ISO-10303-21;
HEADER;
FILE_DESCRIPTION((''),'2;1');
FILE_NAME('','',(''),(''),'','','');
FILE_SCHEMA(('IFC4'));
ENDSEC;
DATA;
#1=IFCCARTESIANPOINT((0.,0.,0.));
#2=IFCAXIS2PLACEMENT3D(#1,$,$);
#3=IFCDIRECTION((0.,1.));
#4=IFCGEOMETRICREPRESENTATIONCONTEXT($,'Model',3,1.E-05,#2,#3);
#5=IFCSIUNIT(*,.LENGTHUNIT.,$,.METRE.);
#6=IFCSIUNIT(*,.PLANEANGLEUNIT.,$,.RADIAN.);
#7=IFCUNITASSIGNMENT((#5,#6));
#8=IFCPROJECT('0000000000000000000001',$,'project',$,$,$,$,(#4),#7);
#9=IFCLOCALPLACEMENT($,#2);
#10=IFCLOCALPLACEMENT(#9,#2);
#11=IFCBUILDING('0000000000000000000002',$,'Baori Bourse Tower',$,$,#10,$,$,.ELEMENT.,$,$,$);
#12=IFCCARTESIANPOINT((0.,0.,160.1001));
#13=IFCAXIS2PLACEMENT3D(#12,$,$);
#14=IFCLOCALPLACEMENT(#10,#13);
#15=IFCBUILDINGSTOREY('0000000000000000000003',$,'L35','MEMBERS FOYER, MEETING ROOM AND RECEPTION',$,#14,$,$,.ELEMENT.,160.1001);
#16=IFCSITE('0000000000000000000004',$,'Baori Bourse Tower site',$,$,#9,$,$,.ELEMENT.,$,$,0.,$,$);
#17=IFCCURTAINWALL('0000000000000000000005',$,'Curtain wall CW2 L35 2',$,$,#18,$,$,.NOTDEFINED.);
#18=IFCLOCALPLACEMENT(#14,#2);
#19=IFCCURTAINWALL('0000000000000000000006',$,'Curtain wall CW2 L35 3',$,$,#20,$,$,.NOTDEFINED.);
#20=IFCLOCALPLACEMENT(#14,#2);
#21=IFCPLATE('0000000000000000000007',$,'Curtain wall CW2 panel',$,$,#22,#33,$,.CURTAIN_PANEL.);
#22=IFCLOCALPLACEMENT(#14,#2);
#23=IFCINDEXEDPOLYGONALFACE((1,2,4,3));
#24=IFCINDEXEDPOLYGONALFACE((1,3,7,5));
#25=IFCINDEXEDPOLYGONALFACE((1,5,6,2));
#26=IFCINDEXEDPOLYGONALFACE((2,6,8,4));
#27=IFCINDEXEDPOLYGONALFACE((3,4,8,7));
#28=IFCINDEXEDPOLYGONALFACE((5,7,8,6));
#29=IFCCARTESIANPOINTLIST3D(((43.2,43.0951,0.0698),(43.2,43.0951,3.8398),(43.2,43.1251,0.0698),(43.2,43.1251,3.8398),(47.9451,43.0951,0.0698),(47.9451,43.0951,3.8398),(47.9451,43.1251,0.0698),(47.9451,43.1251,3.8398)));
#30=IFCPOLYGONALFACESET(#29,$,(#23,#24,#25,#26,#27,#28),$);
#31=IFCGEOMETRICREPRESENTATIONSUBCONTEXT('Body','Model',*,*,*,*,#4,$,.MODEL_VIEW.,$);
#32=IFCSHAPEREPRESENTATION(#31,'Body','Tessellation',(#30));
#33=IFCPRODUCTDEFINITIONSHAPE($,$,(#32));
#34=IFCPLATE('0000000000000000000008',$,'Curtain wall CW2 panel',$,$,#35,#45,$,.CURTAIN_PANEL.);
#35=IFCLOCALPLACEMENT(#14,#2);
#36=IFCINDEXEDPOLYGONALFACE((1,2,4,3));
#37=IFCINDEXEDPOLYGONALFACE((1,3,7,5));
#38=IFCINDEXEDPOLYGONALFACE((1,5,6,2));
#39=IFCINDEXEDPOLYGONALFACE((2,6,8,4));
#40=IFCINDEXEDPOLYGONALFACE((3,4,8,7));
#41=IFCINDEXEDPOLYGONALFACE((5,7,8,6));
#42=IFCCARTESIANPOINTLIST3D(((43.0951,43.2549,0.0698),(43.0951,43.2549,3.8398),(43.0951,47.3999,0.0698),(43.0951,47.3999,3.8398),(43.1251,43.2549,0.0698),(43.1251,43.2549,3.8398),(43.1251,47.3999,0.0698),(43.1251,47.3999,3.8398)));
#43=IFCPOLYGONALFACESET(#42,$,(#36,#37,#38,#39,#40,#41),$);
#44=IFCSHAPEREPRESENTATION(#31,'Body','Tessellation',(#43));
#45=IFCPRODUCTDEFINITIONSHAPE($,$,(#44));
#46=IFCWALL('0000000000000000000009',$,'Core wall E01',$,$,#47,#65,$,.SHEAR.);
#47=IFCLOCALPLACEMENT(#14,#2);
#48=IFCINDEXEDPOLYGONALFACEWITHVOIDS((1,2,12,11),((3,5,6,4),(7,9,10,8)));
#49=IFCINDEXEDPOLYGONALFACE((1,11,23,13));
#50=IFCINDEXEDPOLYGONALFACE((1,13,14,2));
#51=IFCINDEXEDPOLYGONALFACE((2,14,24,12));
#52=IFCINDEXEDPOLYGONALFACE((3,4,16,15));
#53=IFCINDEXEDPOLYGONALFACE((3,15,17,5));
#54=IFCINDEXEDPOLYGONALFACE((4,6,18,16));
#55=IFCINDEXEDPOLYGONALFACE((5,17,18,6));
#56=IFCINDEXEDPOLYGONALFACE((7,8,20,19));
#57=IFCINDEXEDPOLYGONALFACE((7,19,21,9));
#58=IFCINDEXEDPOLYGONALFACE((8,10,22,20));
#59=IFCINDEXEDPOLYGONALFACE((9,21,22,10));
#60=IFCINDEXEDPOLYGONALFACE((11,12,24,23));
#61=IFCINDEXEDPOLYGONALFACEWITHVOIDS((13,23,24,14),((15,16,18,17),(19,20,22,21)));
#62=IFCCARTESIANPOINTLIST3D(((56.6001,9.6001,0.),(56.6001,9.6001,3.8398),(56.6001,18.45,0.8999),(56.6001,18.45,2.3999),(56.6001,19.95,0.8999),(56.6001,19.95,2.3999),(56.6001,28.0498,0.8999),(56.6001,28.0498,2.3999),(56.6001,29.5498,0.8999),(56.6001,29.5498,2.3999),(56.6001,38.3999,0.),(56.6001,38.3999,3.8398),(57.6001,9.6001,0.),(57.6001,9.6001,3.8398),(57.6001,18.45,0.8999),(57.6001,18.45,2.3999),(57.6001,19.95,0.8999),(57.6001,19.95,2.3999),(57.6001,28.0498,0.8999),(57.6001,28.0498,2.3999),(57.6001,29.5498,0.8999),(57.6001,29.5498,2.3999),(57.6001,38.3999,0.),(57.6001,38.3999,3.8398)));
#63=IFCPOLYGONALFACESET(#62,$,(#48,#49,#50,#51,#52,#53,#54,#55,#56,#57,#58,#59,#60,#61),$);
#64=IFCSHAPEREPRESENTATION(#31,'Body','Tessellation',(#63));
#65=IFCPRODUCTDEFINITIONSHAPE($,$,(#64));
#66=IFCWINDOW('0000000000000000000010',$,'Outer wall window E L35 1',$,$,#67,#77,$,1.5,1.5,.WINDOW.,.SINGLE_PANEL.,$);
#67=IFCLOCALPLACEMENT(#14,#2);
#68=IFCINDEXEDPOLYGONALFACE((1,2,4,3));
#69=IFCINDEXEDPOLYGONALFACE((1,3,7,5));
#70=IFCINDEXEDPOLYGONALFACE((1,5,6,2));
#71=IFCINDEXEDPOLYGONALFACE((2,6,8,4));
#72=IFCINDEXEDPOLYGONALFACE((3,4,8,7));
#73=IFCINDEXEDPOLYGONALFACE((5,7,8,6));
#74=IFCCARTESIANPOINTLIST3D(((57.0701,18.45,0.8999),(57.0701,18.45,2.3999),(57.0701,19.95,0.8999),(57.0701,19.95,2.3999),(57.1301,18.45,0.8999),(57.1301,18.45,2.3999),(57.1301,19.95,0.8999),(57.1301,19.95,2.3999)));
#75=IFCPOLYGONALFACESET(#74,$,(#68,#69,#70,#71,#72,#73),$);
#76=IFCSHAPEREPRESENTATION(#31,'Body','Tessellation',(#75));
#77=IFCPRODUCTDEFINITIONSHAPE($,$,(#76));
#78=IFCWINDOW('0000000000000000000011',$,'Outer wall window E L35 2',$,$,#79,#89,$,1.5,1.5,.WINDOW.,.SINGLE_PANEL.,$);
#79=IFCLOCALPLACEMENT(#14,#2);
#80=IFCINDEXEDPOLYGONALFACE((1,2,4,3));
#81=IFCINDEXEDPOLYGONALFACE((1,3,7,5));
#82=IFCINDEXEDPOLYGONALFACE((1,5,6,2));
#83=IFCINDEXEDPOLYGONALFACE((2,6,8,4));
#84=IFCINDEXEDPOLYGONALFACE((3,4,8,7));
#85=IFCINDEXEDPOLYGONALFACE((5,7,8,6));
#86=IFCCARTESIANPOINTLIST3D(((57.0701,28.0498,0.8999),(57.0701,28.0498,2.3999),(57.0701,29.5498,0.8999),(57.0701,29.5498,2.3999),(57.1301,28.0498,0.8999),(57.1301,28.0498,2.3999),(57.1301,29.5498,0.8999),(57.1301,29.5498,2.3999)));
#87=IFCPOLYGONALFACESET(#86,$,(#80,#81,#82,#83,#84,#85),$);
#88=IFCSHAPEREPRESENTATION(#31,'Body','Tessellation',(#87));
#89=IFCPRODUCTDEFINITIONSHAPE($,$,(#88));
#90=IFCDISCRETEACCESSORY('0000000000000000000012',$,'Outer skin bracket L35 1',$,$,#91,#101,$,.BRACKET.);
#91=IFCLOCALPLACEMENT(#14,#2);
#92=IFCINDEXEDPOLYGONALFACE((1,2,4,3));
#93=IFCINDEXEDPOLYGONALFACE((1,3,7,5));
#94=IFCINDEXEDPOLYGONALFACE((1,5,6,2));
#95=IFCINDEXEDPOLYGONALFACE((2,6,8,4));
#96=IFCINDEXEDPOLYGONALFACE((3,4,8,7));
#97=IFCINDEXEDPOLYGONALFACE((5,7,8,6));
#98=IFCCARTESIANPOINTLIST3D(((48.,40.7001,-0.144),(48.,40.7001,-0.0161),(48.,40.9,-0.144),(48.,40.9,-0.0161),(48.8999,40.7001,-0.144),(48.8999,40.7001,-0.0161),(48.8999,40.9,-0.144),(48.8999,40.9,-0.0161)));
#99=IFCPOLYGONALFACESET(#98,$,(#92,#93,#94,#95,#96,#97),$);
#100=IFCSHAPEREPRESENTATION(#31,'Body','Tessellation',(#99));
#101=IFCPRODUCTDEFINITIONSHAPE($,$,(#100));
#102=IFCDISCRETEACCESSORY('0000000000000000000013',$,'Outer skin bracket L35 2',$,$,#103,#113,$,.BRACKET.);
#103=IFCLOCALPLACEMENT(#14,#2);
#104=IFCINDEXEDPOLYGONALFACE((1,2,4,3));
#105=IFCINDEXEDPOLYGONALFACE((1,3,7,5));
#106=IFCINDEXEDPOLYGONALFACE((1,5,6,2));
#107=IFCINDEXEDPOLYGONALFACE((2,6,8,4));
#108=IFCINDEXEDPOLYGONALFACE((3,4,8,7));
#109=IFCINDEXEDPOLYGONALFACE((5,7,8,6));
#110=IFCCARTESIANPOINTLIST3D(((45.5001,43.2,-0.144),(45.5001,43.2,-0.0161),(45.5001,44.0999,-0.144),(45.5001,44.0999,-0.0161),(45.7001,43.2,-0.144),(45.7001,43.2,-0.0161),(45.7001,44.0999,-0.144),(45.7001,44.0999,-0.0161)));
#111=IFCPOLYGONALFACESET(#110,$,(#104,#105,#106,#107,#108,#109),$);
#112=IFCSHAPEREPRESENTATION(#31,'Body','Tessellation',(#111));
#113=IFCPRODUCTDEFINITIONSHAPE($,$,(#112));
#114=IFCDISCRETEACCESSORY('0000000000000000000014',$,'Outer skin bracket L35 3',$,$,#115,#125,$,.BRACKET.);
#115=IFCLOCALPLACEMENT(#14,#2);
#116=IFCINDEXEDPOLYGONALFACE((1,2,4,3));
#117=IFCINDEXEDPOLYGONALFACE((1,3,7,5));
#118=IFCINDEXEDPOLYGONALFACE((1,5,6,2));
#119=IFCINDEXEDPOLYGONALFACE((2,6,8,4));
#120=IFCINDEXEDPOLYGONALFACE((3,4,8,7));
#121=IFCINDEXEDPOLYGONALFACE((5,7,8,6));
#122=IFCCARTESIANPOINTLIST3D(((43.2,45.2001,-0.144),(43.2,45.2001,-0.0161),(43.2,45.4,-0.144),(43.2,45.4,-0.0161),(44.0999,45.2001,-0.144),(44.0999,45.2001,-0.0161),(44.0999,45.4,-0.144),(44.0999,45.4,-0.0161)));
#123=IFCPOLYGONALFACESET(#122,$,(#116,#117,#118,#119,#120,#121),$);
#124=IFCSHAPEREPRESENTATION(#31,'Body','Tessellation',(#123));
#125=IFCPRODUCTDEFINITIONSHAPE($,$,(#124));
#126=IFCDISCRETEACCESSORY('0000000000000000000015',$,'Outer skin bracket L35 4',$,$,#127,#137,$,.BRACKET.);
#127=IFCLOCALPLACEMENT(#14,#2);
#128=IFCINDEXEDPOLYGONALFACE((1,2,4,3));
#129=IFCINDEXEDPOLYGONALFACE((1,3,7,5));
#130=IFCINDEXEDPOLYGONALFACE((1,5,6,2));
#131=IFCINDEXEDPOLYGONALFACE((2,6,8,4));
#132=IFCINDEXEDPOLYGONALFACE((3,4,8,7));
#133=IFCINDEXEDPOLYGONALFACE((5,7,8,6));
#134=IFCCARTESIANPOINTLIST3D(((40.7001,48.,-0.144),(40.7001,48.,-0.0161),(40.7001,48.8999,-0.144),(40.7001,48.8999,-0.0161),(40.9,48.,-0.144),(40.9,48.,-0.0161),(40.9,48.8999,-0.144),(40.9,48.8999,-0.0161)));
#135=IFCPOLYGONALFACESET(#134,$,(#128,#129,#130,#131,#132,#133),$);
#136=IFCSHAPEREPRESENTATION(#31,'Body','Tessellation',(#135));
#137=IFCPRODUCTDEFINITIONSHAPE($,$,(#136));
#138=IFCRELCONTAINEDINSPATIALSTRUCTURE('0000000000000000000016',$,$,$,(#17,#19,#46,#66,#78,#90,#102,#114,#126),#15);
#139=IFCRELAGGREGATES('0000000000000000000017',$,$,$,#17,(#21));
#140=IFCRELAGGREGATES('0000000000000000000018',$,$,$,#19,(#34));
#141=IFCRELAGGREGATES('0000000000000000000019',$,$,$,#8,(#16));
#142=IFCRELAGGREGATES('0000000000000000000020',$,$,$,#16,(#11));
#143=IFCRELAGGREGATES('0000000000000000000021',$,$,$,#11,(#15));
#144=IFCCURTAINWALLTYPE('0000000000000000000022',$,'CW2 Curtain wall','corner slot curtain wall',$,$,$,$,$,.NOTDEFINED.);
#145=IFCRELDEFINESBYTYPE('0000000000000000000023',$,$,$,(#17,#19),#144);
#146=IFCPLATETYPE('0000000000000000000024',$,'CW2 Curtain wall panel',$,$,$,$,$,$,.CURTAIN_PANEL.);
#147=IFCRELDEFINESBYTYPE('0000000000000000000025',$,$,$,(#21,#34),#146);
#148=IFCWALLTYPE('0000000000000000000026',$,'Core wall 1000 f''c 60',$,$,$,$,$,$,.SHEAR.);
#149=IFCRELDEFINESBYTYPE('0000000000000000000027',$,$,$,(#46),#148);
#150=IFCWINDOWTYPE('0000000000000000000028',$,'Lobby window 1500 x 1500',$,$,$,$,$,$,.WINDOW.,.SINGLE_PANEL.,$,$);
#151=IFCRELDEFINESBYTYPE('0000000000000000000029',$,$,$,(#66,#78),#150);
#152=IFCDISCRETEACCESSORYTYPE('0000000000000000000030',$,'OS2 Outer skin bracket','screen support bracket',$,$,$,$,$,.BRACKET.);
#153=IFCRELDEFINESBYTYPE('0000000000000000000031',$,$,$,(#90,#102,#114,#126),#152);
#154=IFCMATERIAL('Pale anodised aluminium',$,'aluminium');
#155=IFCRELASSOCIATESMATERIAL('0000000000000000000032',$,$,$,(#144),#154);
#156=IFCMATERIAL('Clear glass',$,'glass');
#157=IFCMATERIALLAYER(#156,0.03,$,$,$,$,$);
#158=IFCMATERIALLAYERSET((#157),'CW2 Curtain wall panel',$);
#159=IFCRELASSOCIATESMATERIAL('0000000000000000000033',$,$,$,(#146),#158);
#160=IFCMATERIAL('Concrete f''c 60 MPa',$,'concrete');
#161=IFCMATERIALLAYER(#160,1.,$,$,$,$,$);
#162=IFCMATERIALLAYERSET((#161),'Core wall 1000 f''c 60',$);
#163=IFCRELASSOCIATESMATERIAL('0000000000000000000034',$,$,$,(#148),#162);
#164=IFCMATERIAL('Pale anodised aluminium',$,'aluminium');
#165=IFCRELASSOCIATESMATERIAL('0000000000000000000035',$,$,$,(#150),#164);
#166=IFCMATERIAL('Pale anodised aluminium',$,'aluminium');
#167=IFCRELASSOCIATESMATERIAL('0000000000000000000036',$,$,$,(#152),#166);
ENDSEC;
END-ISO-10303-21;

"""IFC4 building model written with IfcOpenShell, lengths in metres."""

from ifc_helpers import new_model, si_unit, direction, frame, frame_2d, origin, origin_2d, place, context, subcontext, project, spatial, rectangle, extrude, material, layer, layer_set, type_object, element, fill, aggregate, save


model = new_model("IFC4")

# Units and contexts
model_context = context("Model", 3, precision=1e-05, world=origin(), true_north=direction((0.0, 1.0)))
body_context = subcontext(model_context, "Body", "Model", "MODEL_VIEW")
ifc_project = project(units=[si_unit("LENGTHUNIT", "METRE"), si_unit("PLANEANGLEUNIT", "RADIAN")], contexts=[model_context])

# Site, building, storey
site_placement = place(None, origin())
site = spatial("IfcSite", under=ifc_project, at=site_placement, Name="Baori Bourse Tower site", CompositionType="ELEMENT", RefElevation=0.0)
building_placement = place(site_placement, origin())
building = spatial("IfcBuilding", under=site, at=building_placement, Name="Baori Bourse Tower", CompositionType="ELEMENT")
storey_placement = place(building_placement, frame((0.0, 0.0, 160.1001)))
storey = spatial("IfcBuildingStorey", under=building, at=storey_placement, Name="L35", Description="MEMBERS FOYER, MEETING ROOM AND RECEPTION", CompositionType="ELEMENT", Elevation=160.1001)

# Curtain walls
ifc_material_1 = material(Name="Pale anodised aluminium", Category="aluminium")
curtain_wall_type_1 = type_object("IfcCurtainWallType", Name="CW2 Curtain wall", Description="corner slot curtain wall", PredefinedType="NOTDEFINED", material=ifc_material_1)
curtain_wall_1_placement = place(storey_placement, origin())
curtain_wall_1 = element("IfcCurtainWall", 1, at=curtain_wall_1_placement, inside=storey, type_object=curtain_wall_type_1, Name="Curtain wall CW2 L35 2", PredefinedType="NOTDEFINED")
curtain_wall_2_placement = place(storey_placement, origin())
curtain_wall_2 = element("IfcCurtainWall", 2, at=curtain_wall_2_placement, inside=storey, type_object=curtain_wall_type_1, Name="Curtain wall CW2 L35 3", PredefinedType="NOTDEFINED")

# Shared definitions
ifc_material_2 = material(Name="Clear glass", Category="glass")
ifc_layer_1 = layer(ifc_material_2, 0.03)
ifc_layer_set_1 = layer_set([ifc_layer_1], Name="CW2 Curtain wall panel")
plate_type_1 = type_object("IfcPlateType", Name="CW2 Curtain wall panel", PredefinedType="CURTAIN_PANEL", material=ifc_layer_set_1)

# Plates
plate_1_placement = place(storey_placement, frame((45.5725, 43.1101, 0.0698), z_axis=(0.0, 0.0, 1.0), x_axis=(-1.0, 0.0, 0.0)))
plate_1 = element("IfcPlate", 3, at=plate_1_placement, type_object=plate_type_1, Name="Curtain wall CW2 panel", PredefinedType="CURTAIN_PANEL", context=body_context, shape_type="SweptSolid", body=[
    extrude(rectangle(XDim=4.7451, YDim=0.03, at=origin_2d()), origin(), (0.0, 0.0, 1.0), 3.77),
])
aggregate(curtain_wall_1, [plate_1])
plate_2_placement = place(storey_placement, frame((43.1101, 45.3274, 0.0698), z_axis=(0.0, 0.0, 1.0), x_axis=(0.0, 1.0, 0.0)))
plate_2 = element("IfcPlate", 4, at=plate_2_placement, type_object=plate_type_1, Name="Curtain wall CW2 panel", PredefinedType="CURTAIN_PANEL", context=body_context, shape_type="SweptSolid", body=[
    extrude(rectangle(XDim=4.145, YDim=0.03, at=origin_2d()), origin(), (0.0, 0.0, 1.0), 3.77),
])
aggregate(curtain_wall_2, [plate_2])

# Wall, openings, windows
ifc_material_3 = material(Name="Concrete f'c 60 MPa", Category="concrete")
ifc_layer_2 = layer(ifc_material_3, 1.0)
ifc_layer_set_2 = layer_set([ifc_layer_2], Name="Core wall 1000 f'c 60")
wall_type = type_object("IfcWallType", Name="Core wall 1000 f'c 60", PredefinedType="SHEAR", material=ifc_layer_set_2)
wall_placement = place(storey_placement, frame((57.1001, 38.3999, 0.0), z_axis=(0.0, 0.0, 1.0), x_axis=(0.0, -1.0, 0.0)))
wall = element("IfcWall", 5, at=wall_placement, inside=storey, type_object=wall_type, Name="Core wall E01", PredefinedType="SHEAR", context=body_context, shape_type="SweptSolid", body=[
    extrude(rectangle(XDim=28.7998, YDim=1.0, at=frame_2d((14.3999, 0.0))), origin(), (0.0, 0.0, 1.0), 3.8398),
])
opening_1_placement = place(wall_placement, frame((18.45, 0.0, 0.8999)))
opening_1 = element("IfcOpeningElement", 6, at=opening_1_placement, cuts=wall, PredefinedType="OPENING", context=body_context, shape_type="SweptSolid", body=[
    extrude(rectangle(XDim=1.5, YDim=1.5, at=frame_2d((0.75, 0.75))), frame((0.0, 0.51, 0.0), z_axis=(0.0, -1.0, 0.0), x_axis=(1.0, 0.0, 0.0)), (0.0, 0.0, 1.0), 1.02),
])
opening_2_placement = place(wall_placement, frame((8.8501, 0.0, 0.8999)))
opening_2 = element("IfcOpeningElement", 7, at=opening_2_placement, cuts=wall, PredefinedType="OPENING", context=body_context, shape_type="SweptSolid", body=[
    extrude(rectangle(XDim=1.5, YDim=1.5, at=frame_2d((0.75, 0.75))), frame((0.0, 0.51, 0.0), z_axis=(0.0, -1.0, 0.0), x_axis=(1.0, 0.0, 0.0)), (0.0, 0.0, 1.0), 1.02),
])
ifc_material_4 = material(Name="Pale anodised aluminium", Category="aluminium")
window_type = type_object("IfcWindowType", Name="Lobby window 1500 x 1500", PartitioningType="SINGLE_PANEL", PredefinedType="WINDOW", material=ifc_material_4)
window_1_placement = place(opening_1_placement, origin())
window_1 = element("IfcWindow", 8, at=window_1_placement, inside=storey, type_object=window_type, Name="Outer wall window E L35 1", OverallHeight=1.5, OverallWidth=1.5, PartitioningType="SINGLE_PANEL", PredefinedType="WINDOW", context=body_context, shape_type="SweptSolid", body=[
    extrude(rectangle(XDim=1.5, YDim=1.5, at=frame_2d((0.75, 0.75))), frame((0.0, 0.03, 0.0), z_axis=(0.0, -1.0, 0.0), x_axis=(1.0, 0.0, 0.0)), (0.0, 0.0, 1.0), 0.0601),
])
fill(opening_1, window_1)
window_2_placement = place(opening_2_placement, origin())
window_2 = element("IfcWindow", 9, at=window_2_placement, inside=storey, type_object=window_type, Name="Outer wall window E L35 2", OverallHeight=1.5, OverallWidth=1.5, PartitioningType="SINGLE_PANEL", PredefinedType="WINDOW", context=body_context, shape_type="SweptSolid", body=[
    extrude(rectangle(XDim=1.5, YDim=1.5, at=frame_2d((0.75, 0.75))), frame((0.0, 0.03, 0.0), z_axis=(0.0, -1.0, 0.0), x_axis=(1.0, 0.0, 0.0)), (0.0, 0.0, 1.0), 0.0601),
])
fill(opening_2, window_2)

# Discrete accessories
ifc_material_5 = material(Name="Pale anodised aluminium", Category="aluminium")
discrete_accessory_type = type_object("IfcDiscreteAccessoryType", Name="OS2 Outer skin bracket", Description="screen support bracket", PredefinedType="BRACKET", material=ifc_material_5)
for number, where, z_axis, x_axis, name in (
    (10, (48.45, 40.8, -0.144), (0.0, 0.0, 1.0), (0.0, 1.0, 0.0), "Outer skin bracket L35 1"),
    (11, (45.6001, 43.6499, -0.144), (0.0, 0.0, 1.0), (-1.0, 0.0, 0.0), "Outer skin bracket L35 2"),
    (12, (43.6499, 45.3, -0.144), (0.0, 0.0, 1.0), (0.0, 1.0, 0.0), "Outer skin bracket L35 3"),
    (13, (40.8, 48.45, -0.144), (0.0, 0.0, 1.0), (-1.0, 0.0, 0.0), "Outer skin bracket L35 4"),
):
    element("IfcDiscreteAccessory", number, at=place(storey_placement, frame(where, z_axis=z_axis, x_axis=x_axis)), inside=storey, type_object=discrete_accessory_type, Name=name, PredefinedType="BRACKET", context=body_context, shape_type="SweptSolid", body=[
        extrude(rectangle(XDim=0.2, YDim=0.8999, at=origin_2d()), origin(), (0.0, 0.0, 1.0), 0.1279),
    ])

save(model, "model.ifc")
